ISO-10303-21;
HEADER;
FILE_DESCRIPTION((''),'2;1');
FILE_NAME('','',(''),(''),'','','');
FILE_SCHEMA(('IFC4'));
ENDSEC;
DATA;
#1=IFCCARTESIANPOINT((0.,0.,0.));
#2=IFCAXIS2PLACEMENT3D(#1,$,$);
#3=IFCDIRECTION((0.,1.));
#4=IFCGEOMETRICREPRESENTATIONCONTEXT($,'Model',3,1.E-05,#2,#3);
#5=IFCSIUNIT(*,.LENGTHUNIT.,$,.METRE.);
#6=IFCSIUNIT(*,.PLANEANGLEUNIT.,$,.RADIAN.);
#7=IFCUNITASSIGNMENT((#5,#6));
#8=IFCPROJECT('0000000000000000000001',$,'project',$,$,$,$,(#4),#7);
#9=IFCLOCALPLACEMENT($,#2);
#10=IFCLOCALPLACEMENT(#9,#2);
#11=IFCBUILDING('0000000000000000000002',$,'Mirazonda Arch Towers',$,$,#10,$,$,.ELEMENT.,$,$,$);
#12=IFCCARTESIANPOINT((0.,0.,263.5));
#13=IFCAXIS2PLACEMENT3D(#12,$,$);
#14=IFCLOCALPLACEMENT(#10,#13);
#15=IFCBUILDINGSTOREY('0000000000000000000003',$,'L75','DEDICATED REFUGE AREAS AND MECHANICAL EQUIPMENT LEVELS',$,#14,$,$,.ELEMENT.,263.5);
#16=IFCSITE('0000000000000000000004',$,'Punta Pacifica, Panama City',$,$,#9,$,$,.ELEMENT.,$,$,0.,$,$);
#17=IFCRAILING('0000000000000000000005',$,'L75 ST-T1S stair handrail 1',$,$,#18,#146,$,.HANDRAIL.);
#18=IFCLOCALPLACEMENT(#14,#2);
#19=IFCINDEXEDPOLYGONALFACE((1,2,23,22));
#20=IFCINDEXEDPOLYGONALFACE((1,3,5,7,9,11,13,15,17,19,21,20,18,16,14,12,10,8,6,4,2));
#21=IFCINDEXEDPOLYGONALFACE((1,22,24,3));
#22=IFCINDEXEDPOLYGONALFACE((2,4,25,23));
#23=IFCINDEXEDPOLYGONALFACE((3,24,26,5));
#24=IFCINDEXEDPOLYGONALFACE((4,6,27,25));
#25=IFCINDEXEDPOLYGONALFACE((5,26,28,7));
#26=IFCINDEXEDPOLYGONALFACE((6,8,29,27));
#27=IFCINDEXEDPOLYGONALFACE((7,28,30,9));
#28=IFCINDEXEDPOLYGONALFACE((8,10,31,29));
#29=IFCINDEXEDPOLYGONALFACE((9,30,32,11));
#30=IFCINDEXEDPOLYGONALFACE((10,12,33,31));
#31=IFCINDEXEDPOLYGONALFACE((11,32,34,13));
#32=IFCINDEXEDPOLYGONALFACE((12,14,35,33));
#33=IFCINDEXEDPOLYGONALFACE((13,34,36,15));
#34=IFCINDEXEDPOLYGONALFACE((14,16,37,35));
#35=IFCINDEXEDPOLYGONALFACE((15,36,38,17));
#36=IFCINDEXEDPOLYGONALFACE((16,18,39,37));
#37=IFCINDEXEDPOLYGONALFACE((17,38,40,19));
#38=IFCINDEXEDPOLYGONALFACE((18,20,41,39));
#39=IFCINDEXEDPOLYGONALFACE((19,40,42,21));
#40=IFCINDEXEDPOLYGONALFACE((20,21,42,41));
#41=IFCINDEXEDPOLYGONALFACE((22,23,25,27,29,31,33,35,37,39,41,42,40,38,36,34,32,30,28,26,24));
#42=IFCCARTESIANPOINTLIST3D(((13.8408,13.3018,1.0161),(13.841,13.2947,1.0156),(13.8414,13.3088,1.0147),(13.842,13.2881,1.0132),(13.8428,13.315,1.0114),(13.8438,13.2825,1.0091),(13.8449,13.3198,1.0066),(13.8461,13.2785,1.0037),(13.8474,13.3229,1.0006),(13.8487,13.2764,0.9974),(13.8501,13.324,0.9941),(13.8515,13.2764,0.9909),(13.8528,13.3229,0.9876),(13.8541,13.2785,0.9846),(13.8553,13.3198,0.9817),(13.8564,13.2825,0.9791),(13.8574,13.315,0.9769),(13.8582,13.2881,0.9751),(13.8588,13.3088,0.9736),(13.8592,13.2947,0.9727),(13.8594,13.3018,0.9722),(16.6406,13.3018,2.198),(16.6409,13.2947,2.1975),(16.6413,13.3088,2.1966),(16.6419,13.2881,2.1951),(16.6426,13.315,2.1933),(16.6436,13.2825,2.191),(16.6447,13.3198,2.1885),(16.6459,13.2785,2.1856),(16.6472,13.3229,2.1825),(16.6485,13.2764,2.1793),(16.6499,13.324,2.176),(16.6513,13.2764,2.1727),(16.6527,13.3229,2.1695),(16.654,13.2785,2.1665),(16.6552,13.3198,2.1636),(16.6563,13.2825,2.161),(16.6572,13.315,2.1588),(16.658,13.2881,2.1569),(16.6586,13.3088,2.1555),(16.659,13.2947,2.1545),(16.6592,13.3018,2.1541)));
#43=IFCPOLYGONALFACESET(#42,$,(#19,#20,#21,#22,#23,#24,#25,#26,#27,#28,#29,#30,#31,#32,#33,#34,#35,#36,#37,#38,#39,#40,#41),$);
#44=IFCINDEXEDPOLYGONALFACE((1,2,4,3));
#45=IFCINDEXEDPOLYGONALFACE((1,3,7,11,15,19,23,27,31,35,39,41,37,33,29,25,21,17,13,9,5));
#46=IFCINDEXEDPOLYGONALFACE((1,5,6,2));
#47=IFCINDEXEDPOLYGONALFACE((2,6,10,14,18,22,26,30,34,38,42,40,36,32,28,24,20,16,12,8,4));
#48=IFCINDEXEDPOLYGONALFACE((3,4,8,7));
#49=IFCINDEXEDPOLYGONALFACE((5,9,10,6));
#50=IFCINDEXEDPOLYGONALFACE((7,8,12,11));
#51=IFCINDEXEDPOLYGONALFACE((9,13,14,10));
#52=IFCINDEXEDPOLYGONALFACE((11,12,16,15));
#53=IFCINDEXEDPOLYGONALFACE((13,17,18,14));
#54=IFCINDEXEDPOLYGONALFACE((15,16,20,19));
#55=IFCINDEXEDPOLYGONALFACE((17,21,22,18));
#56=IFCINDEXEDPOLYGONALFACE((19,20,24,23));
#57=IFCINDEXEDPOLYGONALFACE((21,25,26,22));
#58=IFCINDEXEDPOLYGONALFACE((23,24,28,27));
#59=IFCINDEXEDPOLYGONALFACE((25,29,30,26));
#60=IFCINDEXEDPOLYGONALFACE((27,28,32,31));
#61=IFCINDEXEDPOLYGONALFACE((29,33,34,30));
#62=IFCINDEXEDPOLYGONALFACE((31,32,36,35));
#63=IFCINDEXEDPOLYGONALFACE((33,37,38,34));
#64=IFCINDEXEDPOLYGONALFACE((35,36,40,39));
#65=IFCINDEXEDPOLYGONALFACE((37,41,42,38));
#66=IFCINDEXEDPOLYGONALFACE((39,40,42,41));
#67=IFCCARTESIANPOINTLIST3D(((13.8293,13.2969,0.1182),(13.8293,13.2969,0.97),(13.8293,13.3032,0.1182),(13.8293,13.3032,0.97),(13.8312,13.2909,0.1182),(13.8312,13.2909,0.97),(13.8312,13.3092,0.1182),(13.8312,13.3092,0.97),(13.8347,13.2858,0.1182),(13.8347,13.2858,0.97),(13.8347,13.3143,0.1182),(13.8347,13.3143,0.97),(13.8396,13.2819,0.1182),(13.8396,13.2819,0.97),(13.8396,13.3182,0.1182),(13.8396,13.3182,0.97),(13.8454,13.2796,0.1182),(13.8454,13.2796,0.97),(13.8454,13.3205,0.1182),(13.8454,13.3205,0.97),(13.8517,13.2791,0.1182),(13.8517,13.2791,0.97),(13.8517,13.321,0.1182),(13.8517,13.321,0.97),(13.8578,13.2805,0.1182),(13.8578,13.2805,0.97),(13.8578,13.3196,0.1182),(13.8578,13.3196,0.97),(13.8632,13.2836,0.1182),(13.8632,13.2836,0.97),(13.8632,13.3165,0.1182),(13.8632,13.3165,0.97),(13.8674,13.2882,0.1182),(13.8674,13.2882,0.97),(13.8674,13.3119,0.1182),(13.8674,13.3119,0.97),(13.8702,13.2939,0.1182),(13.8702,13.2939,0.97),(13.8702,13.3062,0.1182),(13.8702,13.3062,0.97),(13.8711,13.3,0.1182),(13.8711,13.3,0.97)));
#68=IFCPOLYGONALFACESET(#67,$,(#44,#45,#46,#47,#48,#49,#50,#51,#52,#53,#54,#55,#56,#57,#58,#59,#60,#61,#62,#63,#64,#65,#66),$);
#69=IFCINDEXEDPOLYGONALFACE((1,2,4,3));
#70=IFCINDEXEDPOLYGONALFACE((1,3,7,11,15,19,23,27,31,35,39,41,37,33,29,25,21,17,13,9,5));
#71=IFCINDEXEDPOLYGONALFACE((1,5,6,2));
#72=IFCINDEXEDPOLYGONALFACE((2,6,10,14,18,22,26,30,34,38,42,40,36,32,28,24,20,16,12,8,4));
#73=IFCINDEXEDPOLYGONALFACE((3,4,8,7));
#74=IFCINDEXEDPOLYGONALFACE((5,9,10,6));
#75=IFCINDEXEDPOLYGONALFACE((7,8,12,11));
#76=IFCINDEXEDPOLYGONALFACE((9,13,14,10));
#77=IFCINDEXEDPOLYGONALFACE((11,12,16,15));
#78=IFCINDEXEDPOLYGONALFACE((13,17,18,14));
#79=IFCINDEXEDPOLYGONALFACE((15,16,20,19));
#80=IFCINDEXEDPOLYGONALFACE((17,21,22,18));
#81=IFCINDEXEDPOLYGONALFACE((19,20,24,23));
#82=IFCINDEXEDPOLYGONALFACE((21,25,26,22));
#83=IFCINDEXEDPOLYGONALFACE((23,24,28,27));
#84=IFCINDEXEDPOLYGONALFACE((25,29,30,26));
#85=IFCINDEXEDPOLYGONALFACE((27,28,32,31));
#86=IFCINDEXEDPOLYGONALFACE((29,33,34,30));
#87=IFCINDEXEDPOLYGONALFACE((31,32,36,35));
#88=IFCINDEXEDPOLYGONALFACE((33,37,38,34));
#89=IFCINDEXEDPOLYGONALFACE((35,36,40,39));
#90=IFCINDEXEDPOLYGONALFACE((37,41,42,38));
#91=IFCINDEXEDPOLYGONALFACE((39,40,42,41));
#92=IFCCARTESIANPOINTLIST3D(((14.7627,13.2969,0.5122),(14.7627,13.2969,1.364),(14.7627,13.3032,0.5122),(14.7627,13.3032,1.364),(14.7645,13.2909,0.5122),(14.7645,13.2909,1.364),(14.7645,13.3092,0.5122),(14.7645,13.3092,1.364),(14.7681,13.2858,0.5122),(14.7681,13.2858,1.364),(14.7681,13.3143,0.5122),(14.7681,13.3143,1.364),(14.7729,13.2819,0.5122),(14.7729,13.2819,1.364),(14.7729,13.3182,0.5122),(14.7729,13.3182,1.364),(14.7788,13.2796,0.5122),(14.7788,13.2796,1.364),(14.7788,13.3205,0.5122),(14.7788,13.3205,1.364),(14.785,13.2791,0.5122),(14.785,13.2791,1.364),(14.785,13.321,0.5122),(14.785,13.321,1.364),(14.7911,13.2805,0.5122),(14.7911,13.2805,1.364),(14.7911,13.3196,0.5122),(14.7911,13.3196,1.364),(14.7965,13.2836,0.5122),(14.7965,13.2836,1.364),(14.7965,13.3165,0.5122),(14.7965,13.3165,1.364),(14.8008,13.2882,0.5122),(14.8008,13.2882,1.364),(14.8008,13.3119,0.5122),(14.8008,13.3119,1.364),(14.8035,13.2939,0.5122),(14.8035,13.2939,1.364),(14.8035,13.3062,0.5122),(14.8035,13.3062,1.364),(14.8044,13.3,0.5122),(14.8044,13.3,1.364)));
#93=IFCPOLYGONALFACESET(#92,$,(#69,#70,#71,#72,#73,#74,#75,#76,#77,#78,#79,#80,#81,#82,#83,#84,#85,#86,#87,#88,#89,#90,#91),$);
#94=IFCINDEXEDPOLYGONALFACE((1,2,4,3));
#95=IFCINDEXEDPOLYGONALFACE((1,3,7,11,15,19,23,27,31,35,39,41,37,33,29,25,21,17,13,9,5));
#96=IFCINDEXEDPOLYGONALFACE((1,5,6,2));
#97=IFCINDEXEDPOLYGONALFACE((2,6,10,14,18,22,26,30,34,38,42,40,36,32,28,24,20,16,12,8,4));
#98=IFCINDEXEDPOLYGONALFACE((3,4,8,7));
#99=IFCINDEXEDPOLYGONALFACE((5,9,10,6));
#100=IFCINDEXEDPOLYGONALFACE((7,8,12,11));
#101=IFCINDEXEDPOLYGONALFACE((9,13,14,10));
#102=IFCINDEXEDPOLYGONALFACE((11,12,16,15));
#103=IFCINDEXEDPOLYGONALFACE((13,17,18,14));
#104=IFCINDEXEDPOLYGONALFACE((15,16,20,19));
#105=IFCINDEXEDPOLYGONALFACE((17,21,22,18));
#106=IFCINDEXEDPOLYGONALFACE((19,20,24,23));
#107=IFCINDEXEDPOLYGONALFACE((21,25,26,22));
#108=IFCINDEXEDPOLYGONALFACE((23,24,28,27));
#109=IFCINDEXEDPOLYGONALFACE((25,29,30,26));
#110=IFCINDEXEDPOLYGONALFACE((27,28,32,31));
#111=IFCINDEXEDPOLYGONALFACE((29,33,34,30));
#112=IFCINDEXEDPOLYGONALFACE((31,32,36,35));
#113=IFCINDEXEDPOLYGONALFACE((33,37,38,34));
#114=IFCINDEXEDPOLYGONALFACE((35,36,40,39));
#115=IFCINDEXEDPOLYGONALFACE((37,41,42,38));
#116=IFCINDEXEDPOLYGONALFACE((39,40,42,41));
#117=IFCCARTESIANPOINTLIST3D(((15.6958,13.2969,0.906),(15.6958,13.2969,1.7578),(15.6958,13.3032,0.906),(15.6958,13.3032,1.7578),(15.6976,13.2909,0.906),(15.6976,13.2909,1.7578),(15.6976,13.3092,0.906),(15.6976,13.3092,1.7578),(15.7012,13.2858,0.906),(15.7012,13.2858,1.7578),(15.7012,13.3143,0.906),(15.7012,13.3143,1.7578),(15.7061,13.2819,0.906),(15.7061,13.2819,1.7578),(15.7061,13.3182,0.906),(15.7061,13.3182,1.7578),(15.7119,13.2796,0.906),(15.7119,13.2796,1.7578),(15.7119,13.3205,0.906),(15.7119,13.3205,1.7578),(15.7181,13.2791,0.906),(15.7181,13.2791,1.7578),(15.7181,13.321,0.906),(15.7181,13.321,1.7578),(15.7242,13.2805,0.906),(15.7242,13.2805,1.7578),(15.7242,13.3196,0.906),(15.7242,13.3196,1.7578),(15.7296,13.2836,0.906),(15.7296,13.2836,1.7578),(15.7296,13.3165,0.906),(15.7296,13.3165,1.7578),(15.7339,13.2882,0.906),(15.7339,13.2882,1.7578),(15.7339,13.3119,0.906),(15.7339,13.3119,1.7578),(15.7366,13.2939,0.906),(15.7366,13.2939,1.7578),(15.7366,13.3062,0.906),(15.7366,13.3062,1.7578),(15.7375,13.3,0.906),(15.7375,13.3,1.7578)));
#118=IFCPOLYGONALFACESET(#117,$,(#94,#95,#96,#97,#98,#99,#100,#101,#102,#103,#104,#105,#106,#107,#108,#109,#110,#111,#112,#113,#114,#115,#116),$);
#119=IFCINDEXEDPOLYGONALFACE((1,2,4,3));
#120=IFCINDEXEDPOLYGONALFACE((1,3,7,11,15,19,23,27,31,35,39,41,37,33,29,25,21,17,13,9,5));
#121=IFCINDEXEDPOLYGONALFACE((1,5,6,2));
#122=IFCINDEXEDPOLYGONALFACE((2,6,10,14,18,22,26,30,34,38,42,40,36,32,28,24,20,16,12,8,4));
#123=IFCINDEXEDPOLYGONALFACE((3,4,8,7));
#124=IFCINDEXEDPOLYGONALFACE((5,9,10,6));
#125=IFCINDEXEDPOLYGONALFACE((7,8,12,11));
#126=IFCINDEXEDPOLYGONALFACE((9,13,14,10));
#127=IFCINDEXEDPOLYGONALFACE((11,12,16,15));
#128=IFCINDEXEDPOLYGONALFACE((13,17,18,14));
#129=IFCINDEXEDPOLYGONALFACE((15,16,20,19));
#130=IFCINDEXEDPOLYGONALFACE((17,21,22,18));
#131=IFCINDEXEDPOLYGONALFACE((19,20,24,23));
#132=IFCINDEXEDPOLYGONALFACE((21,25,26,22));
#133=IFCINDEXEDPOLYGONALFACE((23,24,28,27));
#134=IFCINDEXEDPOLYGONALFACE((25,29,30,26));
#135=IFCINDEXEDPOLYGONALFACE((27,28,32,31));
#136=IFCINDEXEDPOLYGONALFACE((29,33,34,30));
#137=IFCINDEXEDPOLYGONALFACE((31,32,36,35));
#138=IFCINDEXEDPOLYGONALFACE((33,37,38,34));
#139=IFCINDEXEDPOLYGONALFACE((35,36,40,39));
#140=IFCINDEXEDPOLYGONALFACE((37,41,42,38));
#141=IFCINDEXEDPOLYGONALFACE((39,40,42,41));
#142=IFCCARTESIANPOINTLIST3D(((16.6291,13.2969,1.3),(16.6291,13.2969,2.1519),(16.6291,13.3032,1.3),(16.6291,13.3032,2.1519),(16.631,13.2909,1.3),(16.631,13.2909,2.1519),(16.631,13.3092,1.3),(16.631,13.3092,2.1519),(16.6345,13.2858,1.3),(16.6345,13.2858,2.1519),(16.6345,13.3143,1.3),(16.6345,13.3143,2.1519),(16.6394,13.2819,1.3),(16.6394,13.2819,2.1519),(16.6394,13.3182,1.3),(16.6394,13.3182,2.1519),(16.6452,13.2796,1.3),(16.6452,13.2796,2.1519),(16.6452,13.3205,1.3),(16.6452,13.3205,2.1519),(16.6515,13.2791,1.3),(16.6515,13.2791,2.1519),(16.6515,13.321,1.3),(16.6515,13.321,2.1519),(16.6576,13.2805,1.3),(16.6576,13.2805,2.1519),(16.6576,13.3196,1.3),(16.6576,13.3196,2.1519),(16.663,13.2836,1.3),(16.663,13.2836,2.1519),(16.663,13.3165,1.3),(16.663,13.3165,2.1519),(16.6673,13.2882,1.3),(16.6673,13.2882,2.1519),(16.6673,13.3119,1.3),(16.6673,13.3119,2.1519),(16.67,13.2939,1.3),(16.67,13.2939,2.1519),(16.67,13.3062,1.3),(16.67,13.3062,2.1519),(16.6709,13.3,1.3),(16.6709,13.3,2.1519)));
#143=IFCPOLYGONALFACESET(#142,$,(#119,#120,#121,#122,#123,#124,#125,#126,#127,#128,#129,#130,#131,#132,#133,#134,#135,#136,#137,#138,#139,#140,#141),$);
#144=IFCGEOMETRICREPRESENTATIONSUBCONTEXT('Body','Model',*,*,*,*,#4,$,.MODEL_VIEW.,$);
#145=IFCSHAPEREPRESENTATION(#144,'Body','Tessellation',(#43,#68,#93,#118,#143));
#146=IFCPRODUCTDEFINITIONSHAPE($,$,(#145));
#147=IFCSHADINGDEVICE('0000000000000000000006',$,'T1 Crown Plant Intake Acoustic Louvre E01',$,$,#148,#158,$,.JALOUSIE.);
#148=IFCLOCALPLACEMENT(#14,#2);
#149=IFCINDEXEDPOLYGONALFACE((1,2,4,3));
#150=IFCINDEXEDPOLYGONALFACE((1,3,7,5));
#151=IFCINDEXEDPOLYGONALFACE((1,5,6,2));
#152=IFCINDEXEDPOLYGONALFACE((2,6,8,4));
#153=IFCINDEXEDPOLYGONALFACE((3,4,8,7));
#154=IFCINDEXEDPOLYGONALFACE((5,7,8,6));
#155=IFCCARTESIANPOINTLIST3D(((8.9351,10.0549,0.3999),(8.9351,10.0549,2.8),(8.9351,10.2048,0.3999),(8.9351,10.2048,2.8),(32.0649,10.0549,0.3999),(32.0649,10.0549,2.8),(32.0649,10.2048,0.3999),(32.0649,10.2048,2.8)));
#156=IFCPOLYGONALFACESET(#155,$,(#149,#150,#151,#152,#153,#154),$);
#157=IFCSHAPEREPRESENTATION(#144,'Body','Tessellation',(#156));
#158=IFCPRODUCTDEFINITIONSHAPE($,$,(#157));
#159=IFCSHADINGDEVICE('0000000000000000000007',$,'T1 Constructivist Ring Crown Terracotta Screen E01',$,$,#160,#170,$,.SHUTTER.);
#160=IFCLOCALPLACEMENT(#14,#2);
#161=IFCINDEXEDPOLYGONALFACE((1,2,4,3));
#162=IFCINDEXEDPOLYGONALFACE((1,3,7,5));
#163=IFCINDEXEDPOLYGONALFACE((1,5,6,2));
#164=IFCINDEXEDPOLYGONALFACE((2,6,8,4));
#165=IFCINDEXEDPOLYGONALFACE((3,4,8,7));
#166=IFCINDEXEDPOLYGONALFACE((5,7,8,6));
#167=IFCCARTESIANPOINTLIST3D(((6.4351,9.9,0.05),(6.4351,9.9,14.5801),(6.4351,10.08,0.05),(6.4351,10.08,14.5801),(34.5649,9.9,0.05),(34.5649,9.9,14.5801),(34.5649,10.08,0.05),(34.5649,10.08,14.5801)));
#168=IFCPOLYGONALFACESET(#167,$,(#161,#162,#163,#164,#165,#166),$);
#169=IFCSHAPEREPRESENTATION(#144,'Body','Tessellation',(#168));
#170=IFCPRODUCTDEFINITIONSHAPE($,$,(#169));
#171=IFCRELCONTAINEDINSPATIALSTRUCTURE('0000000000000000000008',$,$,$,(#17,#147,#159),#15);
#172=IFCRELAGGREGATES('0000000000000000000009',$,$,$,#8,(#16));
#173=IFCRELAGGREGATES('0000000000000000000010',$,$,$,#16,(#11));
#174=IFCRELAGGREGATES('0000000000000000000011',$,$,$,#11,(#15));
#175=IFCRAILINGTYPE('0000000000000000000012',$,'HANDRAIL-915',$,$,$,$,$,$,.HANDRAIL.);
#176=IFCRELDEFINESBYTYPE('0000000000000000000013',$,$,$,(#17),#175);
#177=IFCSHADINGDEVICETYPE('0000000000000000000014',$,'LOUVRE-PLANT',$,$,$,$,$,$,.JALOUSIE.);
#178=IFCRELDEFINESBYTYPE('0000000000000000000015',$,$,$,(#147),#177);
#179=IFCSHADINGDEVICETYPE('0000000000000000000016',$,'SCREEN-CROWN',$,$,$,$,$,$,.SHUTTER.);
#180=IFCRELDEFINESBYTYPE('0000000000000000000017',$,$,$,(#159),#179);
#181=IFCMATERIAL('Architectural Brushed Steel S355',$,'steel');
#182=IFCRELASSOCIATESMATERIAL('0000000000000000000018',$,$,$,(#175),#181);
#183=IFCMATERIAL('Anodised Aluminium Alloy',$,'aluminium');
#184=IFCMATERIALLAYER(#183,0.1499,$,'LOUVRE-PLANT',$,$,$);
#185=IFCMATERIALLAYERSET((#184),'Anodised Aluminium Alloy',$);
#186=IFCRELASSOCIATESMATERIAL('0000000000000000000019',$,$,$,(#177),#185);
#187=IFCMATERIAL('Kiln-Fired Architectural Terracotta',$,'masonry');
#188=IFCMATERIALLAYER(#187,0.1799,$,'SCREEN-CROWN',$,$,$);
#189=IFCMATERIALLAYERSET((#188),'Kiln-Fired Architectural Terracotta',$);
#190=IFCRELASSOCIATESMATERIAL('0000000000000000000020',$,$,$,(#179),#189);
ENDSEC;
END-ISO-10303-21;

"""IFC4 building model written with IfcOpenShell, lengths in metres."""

from ifc_helpers import new_model, si_unit, direction, frame, frame_2d, origin, origin_2d, place, context, subcontext, project, spatial, rectangle, circle, extrude, material, layer, layer_set, type_object, element, save


model = new_model("IFC4")

# Units and contexts
model_context = context("Model", 3, precision=1e-05, world=origin(), true_north=direction((0.0, 1.0)))
body_context = subcontext(model_context, "Body", "Model", "MODEL_VIEW")
ifc_project = project(units=[si_unit("LENGTHUNIT", "METRE"), si_unit("PLANEANGLEUNIT", "RADIAN")], contexts=[model_context])

# Site, building, storey
site_placement = place(None, origin())
site = spatial("IfcSite", under=ifc_project, at=site_placement, Name="Punta Pacifica, Panama City", CompositionType="ELEMENT", RefElevation=0.0)
building_placement = place(site_placement, origin())
building = spatial("IfcBuilding", under=site, at=building_placement, Name="Mirazonda Arch Towers", CompositionType="ELEMENT")
storey_placement = place(building_placement, frame((0.0, 0.0, 263.5)))
storey = spatial("IfcBuildingStorey", under=building, at=storey_placement, Name="L75", Description="DEDICATED REFUGE AREAS AND MECHANICAL EQUIPMENT LEVELS", CompositionType="ELEMENT", Elevation=263.5)

# Railing
ifc_material_1 = material(Name="Architectural Brushed Steel S355", Category="steel")
railing_type_1 = type_object("IfcRailingType", Name="HANDRAIL-915", PredefinedType="HANDRAIL", material=ifc_material_1)
railing_1_placement = place(storey_placement, frame((13.8501, 13.3, 0.1182)))
element("IfcRailing", 1, at=railing_1_placement, inside=storey, type_object=railing_type_1, Name="L75 ST-T1S stair handrail 1", PredefinedType="HANDRAIL", context=body_context, shape_type="SweptSolid", body=[
    extrude(circle(Radius=0.0239, at=origin_2d()), frame((0.0, 0.0, 0.876), z_axis=(0.92128, 0.0, 0.388901), x_axis=(0.0, 1.0, 0.0)), (0.0, 0.0, 1.0), 3.0391),
    extrude(circle(Radius=0.021, at=origin_2d()), origin(), (0.0, 0.0, 1.0), 0.8518),
    extrude(circle(Radius=0.021, at=origin_2d()), frame((0.9333, 0.0, 0.394)), (0.0, 0.0, 1.0), 0.8518),
    extrude(circle(Radius=0.021, at=origin_2d()), frame((1.8665, 0.0, 0.7878)), (0.0, 0.0, 1.0), 0.8518),
    extrude(circle(Radius=0.021, at=origin_2d()), frame((2.7998, 0.0, 1.1819)), (0.0, 0.0, 1.0), 0.8518),
])

# Shading devices
ifc_material_2 = material(Name="Anodised Aluminium Alloy", Category="aluminium")
ifc_layer_1 = layer(ifc_material_2, 0.1499, Name="LOUVRE-PLANT")
ifc_layer_set_1 = layer_set([ifc_layer_1], Name="Anodised Aluminium Alloy")
shading_device_type_1 = type_object("IfcShadingDeviceType", Name="LOUVRE-PLANT", PredefinedType="JALOUSIE", material=ifc_layer_set_1)
shading_device_1_placement = place(storey_placement, frame((8.9351, 10.1299, 0.3999), z_axis=(0.0, 0.0, 1.0), x_axis=(1.0, 0.0, 0.0)))
element("IfcShadingDevice", 2, at=shading_device_1_placement, inside=storey, type_object=shading_device_type_1, Name="T1 Crown Plant Intake Acoustic Louvre E01", PredefinedType="JALOUSIE", context=body_context, shape_type="SweptSolid", body=[
    extrude(rectangle(XDim=23.1299, YDim=0.1499, at=frame_2d((11.5649, 0.0))), origin(), (0.0, 0.0, 1.0), 2.4001),
])
ifc_material_3 = material(Name="Kiln-Fired Architectural Terracotta", Category="masonry")
ifc_layer_2 = layer(ifc_material_3, 0.1799, Name="SCREEN-CROWN")
ifc_layer_set_2 = layer_set([ifc_layer_2], Name="Kiln-Fired Architectural Terracotta")
shading_device_type_2 = type_object("IfcShadingDeviceType", Name="SCREEN-CROWN", PredefinedType="SHUTTER", material=ifc_layer_set_2)
shading_device_2_placement = place(storey_placement, frame((6.4351, 9.99, 0.05), z_axis=(0.0, 0.0, 1.0), x_axis=(1.0, 0.0, 0.0)))
element("IfcShadingDevice", 3, at=shading_device_2_placement, inside=storey, type_object=shading_device_type_2, Name="T1 Constructivist Ring Crown Terracotta Screen E01", PredefinedType="SHUTTER", context=body_context, shape_type="SweptSolid", body=[
    extrude(rectangle(XDim=28.1299, YDim=0.1799, at=frame_2d((14.0649, 0.0))), origin(), (0.0, 0.0, 1.0), 14.53),
])

save(model, "model.ifc")
